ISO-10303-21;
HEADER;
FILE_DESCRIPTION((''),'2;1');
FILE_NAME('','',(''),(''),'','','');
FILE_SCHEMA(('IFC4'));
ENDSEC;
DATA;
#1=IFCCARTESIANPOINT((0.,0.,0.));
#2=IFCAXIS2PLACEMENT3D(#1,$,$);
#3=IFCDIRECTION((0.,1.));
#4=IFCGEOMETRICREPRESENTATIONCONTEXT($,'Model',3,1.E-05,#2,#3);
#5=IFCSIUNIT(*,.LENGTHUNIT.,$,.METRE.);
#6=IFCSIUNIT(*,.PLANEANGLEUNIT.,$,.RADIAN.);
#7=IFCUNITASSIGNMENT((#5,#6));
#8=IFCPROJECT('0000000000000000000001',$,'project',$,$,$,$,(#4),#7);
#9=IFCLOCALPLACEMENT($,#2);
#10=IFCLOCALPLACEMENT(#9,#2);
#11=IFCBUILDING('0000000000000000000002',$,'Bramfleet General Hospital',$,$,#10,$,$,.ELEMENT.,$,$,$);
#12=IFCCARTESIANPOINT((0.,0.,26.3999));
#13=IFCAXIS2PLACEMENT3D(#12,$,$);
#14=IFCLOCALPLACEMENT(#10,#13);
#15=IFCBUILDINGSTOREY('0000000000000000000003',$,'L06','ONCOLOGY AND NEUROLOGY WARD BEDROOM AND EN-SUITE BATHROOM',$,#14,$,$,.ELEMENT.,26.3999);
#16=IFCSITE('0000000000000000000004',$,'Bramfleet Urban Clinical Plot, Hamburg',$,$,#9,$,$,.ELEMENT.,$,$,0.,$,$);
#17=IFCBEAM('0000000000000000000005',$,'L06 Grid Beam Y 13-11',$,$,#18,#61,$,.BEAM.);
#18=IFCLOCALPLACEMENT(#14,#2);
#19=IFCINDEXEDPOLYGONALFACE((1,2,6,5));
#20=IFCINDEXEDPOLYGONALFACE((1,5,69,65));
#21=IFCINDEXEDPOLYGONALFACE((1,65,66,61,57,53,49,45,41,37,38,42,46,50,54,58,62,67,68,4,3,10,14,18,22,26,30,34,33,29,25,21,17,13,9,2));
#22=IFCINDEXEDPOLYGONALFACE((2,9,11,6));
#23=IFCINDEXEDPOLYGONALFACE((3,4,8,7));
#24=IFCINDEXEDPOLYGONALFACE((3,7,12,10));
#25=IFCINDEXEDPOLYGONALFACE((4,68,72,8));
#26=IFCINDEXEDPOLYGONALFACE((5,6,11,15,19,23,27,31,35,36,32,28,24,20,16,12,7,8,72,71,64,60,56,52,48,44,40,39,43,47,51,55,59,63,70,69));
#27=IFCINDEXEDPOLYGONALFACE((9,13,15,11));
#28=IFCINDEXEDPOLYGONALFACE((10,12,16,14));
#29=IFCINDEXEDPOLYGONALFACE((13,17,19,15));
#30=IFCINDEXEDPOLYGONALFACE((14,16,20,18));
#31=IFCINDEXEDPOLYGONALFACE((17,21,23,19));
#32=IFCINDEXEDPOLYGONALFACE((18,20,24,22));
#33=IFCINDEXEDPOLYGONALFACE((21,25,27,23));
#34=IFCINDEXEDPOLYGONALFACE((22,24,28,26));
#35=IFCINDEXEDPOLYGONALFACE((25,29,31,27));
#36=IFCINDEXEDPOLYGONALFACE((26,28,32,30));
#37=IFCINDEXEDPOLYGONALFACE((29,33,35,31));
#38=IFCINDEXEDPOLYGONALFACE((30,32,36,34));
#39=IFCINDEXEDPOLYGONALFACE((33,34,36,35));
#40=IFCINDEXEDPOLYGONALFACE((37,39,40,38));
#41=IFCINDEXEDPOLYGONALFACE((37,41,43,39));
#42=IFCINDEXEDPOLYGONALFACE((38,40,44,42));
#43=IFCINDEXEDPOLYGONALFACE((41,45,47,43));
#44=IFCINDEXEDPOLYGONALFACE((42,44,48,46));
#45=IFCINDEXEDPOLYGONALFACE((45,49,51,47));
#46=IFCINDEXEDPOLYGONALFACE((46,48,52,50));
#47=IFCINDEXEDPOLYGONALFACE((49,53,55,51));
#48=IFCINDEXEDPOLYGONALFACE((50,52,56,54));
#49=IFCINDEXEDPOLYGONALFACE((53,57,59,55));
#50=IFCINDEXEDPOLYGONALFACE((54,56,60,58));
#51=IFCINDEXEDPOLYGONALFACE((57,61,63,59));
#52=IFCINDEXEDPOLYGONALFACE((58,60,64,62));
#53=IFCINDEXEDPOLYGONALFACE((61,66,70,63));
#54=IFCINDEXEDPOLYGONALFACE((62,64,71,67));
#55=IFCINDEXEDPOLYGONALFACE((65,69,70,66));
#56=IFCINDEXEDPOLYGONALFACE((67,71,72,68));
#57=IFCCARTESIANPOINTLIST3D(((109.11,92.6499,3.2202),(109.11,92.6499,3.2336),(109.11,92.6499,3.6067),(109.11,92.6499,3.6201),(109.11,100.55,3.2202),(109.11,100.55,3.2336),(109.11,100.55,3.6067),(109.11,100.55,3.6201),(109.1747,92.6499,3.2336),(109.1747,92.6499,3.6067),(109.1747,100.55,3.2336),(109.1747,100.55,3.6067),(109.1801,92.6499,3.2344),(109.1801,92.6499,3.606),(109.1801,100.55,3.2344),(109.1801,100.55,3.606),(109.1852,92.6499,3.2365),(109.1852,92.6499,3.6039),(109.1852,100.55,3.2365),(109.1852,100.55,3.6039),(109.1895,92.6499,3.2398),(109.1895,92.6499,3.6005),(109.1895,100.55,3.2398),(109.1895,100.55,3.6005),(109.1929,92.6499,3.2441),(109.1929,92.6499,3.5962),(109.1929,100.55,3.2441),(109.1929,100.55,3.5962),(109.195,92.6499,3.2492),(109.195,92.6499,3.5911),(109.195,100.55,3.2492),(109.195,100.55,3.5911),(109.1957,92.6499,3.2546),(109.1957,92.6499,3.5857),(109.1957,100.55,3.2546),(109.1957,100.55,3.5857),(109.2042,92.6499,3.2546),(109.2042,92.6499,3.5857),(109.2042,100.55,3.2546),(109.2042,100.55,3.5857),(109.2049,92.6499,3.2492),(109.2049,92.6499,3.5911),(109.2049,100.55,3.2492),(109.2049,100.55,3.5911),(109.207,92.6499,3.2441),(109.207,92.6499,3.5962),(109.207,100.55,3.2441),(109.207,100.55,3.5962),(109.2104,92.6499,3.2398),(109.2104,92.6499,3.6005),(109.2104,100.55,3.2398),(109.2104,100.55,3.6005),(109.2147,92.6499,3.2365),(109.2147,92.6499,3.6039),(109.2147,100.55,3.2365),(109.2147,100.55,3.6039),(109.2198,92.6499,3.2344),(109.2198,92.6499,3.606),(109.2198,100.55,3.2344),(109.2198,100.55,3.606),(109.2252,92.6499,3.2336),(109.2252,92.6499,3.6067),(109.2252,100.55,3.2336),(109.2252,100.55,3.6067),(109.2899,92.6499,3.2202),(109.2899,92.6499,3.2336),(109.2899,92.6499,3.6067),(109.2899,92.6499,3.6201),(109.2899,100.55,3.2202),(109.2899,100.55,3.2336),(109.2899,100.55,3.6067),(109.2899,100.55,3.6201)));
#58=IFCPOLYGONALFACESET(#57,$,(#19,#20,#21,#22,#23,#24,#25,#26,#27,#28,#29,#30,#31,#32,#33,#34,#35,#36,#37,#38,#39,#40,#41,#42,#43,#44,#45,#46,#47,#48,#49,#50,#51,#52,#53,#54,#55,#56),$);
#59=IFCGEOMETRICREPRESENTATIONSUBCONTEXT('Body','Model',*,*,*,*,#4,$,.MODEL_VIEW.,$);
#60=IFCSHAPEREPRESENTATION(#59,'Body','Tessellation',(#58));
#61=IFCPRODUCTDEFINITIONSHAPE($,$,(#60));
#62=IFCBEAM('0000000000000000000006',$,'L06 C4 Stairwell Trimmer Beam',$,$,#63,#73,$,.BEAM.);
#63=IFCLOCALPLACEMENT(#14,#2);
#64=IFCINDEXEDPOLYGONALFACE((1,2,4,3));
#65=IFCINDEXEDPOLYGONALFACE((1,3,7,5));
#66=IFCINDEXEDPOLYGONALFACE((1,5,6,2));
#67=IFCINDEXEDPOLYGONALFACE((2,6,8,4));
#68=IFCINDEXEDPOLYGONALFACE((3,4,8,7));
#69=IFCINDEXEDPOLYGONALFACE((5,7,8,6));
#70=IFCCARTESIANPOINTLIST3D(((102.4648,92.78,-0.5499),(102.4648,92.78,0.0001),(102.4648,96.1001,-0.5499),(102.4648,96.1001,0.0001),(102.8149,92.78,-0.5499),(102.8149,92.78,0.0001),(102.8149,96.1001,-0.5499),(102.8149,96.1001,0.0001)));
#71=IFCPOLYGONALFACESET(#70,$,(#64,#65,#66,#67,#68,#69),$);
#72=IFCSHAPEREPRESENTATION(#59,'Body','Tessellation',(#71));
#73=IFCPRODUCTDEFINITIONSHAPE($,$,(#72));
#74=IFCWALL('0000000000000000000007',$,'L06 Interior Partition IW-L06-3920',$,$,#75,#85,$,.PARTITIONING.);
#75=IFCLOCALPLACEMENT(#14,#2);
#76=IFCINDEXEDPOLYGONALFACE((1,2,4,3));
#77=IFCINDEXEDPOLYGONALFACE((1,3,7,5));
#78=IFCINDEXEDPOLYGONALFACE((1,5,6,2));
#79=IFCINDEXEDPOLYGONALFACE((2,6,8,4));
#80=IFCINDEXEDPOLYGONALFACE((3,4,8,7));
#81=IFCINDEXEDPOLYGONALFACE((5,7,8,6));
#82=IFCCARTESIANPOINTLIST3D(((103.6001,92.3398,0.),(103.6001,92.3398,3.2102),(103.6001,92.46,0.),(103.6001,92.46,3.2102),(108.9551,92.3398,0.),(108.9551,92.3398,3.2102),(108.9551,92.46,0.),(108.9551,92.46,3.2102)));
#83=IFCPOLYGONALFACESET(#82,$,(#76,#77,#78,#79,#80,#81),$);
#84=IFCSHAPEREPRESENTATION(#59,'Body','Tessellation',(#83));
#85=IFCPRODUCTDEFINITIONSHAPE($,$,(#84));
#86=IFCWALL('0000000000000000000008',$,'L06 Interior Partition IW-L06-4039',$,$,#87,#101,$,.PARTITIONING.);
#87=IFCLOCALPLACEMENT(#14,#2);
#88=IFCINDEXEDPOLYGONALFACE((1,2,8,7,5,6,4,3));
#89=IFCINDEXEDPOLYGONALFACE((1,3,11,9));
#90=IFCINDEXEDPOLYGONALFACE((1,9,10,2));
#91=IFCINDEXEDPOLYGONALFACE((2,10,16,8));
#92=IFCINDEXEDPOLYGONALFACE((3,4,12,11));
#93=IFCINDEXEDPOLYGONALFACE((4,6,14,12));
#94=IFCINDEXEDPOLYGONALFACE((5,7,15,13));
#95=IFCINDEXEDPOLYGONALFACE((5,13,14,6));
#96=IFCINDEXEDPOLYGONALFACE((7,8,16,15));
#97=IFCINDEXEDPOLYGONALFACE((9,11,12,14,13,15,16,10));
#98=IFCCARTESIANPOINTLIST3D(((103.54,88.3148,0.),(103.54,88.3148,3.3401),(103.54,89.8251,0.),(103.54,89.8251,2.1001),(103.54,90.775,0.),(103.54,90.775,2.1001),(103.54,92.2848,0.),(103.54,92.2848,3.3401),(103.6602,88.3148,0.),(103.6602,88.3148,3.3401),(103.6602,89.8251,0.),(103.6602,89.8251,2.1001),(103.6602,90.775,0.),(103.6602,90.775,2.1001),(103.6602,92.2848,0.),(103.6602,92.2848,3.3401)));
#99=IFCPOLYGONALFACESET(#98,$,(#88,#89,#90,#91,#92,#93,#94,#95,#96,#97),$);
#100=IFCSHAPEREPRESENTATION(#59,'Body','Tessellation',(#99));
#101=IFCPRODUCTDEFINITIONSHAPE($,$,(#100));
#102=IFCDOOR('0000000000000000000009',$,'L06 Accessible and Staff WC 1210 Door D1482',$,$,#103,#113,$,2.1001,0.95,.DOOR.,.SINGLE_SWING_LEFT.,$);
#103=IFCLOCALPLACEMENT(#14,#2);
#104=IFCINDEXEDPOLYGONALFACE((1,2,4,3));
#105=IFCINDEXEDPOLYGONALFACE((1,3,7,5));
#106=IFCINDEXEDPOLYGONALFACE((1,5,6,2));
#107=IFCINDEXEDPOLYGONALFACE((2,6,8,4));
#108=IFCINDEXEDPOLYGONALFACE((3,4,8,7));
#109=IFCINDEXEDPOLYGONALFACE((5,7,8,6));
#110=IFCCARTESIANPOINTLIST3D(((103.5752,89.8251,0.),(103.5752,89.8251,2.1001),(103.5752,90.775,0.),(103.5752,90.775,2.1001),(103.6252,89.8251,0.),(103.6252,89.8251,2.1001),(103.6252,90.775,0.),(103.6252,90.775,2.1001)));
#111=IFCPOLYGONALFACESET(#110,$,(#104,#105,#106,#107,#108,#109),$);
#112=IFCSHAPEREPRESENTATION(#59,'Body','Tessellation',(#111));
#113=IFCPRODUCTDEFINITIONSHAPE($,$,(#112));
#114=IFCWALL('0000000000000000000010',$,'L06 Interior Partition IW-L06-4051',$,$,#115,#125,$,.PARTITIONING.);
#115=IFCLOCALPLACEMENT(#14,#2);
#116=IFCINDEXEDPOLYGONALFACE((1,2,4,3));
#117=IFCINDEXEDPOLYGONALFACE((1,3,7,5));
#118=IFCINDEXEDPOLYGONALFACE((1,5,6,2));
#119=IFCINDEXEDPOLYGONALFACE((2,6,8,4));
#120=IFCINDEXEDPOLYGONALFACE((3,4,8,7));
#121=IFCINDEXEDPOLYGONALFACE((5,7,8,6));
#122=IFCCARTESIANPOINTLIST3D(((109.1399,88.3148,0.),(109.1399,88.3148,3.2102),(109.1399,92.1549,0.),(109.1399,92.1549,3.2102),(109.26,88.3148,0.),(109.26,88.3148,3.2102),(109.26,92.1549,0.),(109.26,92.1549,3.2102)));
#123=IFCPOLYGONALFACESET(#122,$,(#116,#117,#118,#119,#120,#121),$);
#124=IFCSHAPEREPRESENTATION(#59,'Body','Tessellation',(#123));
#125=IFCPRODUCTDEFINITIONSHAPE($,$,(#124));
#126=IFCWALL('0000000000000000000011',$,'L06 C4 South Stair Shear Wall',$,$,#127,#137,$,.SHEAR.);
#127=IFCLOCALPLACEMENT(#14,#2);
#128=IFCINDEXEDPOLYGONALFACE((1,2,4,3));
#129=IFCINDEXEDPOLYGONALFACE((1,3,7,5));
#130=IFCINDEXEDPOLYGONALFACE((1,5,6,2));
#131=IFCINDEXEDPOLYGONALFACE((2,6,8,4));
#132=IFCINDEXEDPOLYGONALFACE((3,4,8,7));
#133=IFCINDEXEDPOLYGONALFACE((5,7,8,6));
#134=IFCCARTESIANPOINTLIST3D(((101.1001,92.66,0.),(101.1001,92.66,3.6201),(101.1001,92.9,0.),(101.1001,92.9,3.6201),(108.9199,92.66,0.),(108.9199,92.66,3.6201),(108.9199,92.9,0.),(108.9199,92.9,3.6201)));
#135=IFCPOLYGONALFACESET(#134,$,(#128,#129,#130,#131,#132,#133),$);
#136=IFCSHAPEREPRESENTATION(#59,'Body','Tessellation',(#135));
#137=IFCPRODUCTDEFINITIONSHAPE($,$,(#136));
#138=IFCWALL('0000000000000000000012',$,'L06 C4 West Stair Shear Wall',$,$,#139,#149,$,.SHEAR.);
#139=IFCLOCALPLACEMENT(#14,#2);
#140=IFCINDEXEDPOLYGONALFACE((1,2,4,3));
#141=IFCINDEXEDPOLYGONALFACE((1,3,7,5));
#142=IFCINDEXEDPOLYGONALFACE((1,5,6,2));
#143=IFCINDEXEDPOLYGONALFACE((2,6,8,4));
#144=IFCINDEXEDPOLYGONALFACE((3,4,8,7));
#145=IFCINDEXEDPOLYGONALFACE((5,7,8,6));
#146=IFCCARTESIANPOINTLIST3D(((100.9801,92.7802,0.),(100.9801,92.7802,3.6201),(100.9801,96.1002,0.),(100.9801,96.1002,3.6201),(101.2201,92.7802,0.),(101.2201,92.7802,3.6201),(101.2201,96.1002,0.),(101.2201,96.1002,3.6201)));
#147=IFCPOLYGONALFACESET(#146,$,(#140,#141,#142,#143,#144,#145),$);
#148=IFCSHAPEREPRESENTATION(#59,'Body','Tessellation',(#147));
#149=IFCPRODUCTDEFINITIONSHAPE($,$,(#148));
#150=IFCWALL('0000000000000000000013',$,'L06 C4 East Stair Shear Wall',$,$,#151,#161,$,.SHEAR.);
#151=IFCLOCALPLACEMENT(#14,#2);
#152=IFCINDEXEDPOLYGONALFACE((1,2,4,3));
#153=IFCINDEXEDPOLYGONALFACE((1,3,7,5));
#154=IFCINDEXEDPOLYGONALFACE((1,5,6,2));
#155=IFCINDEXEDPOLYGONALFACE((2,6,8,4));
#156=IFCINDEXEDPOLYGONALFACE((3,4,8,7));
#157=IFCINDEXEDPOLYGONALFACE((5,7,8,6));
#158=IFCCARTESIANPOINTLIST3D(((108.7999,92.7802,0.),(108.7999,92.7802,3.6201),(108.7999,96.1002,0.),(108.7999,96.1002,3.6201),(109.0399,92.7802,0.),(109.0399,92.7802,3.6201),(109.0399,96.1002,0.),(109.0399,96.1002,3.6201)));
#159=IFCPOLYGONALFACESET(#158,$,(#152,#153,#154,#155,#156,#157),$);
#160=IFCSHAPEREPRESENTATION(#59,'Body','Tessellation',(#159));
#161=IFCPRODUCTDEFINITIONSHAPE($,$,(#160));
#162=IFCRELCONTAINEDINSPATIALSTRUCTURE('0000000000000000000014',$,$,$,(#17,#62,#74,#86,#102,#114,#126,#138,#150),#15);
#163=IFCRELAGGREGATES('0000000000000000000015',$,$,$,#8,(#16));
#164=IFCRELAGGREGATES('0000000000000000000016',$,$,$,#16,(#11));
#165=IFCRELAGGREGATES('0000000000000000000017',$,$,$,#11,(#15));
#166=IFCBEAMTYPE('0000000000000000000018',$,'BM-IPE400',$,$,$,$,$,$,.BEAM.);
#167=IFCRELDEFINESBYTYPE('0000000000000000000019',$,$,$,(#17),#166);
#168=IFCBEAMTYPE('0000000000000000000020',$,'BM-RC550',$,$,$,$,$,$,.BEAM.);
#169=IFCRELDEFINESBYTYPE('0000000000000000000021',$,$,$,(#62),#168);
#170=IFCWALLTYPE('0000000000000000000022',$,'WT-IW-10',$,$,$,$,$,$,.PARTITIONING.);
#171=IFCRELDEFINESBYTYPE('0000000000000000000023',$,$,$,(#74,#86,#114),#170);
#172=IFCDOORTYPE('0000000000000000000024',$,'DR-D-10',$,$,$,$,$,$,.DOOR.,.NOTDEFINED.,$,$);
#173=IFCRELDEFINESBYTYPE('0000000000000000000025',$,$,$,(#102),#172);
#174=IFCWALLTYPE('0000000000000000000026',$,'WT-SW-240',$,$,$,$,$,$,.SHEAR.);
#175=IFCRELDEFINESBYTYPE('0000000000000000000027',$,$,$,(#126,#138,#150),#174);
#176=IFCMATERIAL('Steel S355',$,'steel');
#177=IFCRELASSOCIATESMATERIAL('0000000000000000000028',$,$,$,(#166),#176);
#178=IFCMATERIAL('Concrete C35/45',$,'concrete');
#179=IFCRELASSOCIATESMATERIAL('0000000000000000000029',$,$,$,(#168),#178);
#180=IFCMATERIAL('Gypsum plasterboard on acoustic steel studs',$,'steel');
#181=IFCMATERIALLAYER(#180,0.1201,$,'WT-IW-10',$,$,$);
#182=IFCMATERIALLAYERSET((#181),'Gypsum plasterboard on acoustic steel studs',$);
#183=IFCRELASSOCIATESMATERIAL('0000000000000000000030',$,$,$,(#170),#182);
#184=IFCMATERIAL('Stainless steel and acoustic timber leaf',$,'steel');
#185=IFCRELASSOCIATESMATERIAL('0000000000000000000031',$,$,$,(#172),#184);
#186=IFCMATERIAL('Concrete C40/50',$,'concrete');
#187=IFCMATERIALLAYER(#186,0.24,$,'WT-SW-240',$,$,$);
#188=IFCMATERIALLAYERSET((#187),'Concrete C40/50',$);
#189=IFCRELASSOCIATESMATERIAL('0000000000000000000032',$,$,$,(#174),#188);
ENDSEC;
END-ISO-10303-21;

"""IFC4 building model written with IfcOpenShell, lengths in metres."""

from ifc_helpers import new_model, si_unit, direction, frame, frame_2d, origin, origin_2d, place, context, subcontext, project, spatial, rectangle, i_section, extrude, material, layer, layer_set, material_profile, profile_set, type_object, element, fill, save


model = new_model("IFC4")

# Units and contexts
model_context = context("Model", 3, precision=1e-05, world=origin(), true_north=direction((0.0, 1.0)))
body_context = subcontext(model_context, "Body", "Model", "MODEL_VIEW")
ifc_project = project(units=[si_unit("LENGTHUNIT", "METRE"), si_unit("PLANEANGLEUNIT", "RADIAN")], contexts=[model_context])

# Site, building, storey
site_placement = place(None, origin())
site = spatial("IfcSite", under=ifc_project, at=site_placement, Name="Bramfleet Urban Clinical Plot, Hamburg", CompositionType="ELEMENT", RefElevation=0.0)
building_placement = place(site_placement, origin())
building = spatial("IfcBuilding", under=site, at=building_placement, Name="Bramfleet General Hospital", CompositionType="ELEMENT")
storey_placement = place(building_placement, frame((0.0, 0.0, 26.3999)))
storey = spatial("IfcBuildingStorey", under=building, at=storey_placement, Name="L06", Description="ONCOLOGY AND NEUROLOGY WARD BEDROOM AND EN-SUITE BATHROOM", CompositionType="ELEMENT", Elevation=26.3999)

# Shared definitions
ifc_material_1 = material(Name="Concrete C40/50", Category="concrete")

# Beams
ifc_material_2 = material(Name="Steel S355", Category="steel")
ifc_material_profile_1 = material_profile(ifc_material_2, i_section(OverallWidth=0.1799, OverallDepth=0.3999, WebThickness=0.0085, FlangeThickness=0.0134, FilletRadius=0.021, at=origin_2d()), Name="IPE 400")
ifc_profile_set_1 = profile_set([ifc_material_profile_1], Name="Steel S355")
beam_type_1 = type_object("IfcBeamType", Name="BM-IPE400", PredefinedType="BEAM", material=ifc_profile_set_1)
for number, where, z_axis, x_axis, name in (
    (1, (109.2, 92.6499, 3.4202), (0.0, 1.0, 0.0), (-1.0, 0.0, 0.0), "L06 Grid Beam Y 13-11"),
):
    element("IfcBeam", number, at=place(storey_placement, frame(where, z_axis=z_axis, x_axis=x_axis)), inside=storey, type_object=beam_type_1, Name=name, PredefinedType="BEAM", context=body_context, shape_type="SweptSolid", body=[
        extrude(i_section(OverallWidth=0.1799, OverallDepth=0.3999, WebThickness=0.0085, FlangeThickness=0.0134, FilletRadius=0.021, at=origin_2d()), origin(), (0.0, 0.0, 1.0), 7.9001),
    ])
ifc_material_3 = material(Name="Concrete C35/45", Category="concrete")
ifc_material_profile_2 = material_profile(ifc_material_3, rectangle(XDim=0.3501, YDim=0.55, at=origin_2d()), Name="RC BM 550x350")
ifc_profile_set_2 = profile_set([ifc_material_profile_2], Name="Concrete C35/45")
beam_type_2 = type_object("IfcBeamType", Name="BM-RC550", PredefinedType="BEAM", material=ifc_profile_set_2)
beam_1_placement = place(storey_placement, frame((102.6399, 92.78, -0.2749), z_axis=(0.0, 1.0, 0.0), x_axis=(-1.0, 0.0, 0.0)))
element("IfcBeam", 2, at=beam_1_placement, inside=storey, type_object=beam_type_2, Name="L06 C4 Stairwell Trimmer Beam", PredefinedType="BEAM", context=body_context, shape_type="SweptSolid", body=[
    extrude(rectangle(XDim=0.3501, YDim=0.55, at=origin_2d()), origin(), (0.0, 0.0, 1.0), 3.3201),
])

# Wall
ifc_material_4 = material(Name="Gypsum plasterboard on acoustic steel studs", Category="steel")
ifc_layer_1 = layer(ifc_material_4, 0.1201, Name="WT-IW-10")
ifc_layer_set_1 = layer_set([ifc_layer_1], Name="Gypsum plasterboard on acoustic steel studs")
wall_type_1 = type_object("IfcWallType", Name="WT-IW-10", PredefinedType="PARTITIONING", material=ifc_layer_set_1)
wall_1_placement = place(storey_placement, frame((103.6001, 92.3999, 0.0), z_axis=(0.0, 0.0, 1.0), x_axis=(1.0, 0.0, 0.0)))
element("IfcWall", 3, at=wall_1_placement, inside=storey, type_object=wall_type_1, Name="L06 Interior Partition IW-L06-3920", PredefinedType="PARTITIONING", context=body_context, shape_type="SweptSolid", body=[
    extrude(rectangle(XDim=5.355, YDim=0.1201, at=frame_2d((2.6775, 0.0))), origin(), (0.0, 0.0, 1.0), 3.2102),
])

# Wall, opening, door
wall_2_placement = place(storey_placement, frame((103.6001, 88.3149, 0.0), z_axis=(0.0, 0.0, 1.0), x_axis=(0.0, 1.0, 0.0)))
wall_2 = element("IfcWall", 4, at=wall_2_placement, inside=storey, type_object=wall_type_1, Name="L06 Interior Partition IW-L06-4039", PredefinedType="PARTITIONING", context=body_context, shape_type="SweptSolid", body=[
    extrude(rectangle(XDim=3.97, YDim=0.1201, at=frame_2d((1.9849, 0.0))), origin(), (0.0, 0.0, 1.0), 3.3401),
])
opening_1_placement = place(wall_2_placement, frame((1.51, 0.0, 0.0)))
opening_1 = element("IfcOpeningElement", 5, at=opening_1_placement, cuts=wall_2, PredefinedType="OPENING", context=body_context, shape_type="SweptSolid", body=[
    extrude(rectangle(XDim=0.95, YDim=2.1001, at=frame_2d((0.4751, 1.05))), frame((0.0, 0.0701, 0.0), z_axis=(0.0, -1.0, 0.0), x_axis=(1.0, 0.0, 0.0)), (0.0, 0.0, 1.0), 0.1401),
])
ifc_material_5 = material(Name="Stainless steel and acoustic timber leaf", Category="steel")
door_type_1 = type_object("IfcDoorType", Name="DR-D-10", OperationType="NOTDEFINED", PredefinedType="DOOR", material=ifc_material_5)
door_1_placement = place(opening_1_placement, origin())
door_1 = element("IfcDoor", 6, at=door_1_placement, inside=storey, type_object=door_type_1, Name="L06 Accessible and Staff WC 1210 Door D1482", OperationType="SINGLE_SWING_LEFT", OverallHeight=2.1001, OverallWidth=0.95, PredefinedType="DOOR", context=body_context, shape_type="SweptSolid", body=[
    extrude(rectangle(XDim=0.95, YDim=2.1001, at=frame_2d((0.4751, 1.05))), frame((0.0, 0.0249, 0.0), z_axis=(0.0, -1.0, 0.0), x_axis=(1.0, 0.0, 0.0)), (0.0, 0.0, 1.0), 0.05),
])
fill(opening_1, door_1)

# Walls
wall_3_placement = place(storey_placement, frame((109.2, 88.3149, 0.0), z_axis=(0.0, 0.0, 1.0), x_axis=(0.0, 1.0, 0.0)))
element("IfcWall", 7, at=wall_3_placement, inside=storey, type_object=wall_type_1, Name="L06 Interior Partition IW-L06-4051", PredefinedType="PARTITIONING", context=body_context, shape_type="SweptSolid", body=[
    extrude(rectangle(XDim=3.8401, YDim=0.1201, at=frame_2d((1.9199, 0.0))), origin(), (0.0, 0.0, 1.0), 3.2102),
])
ifc_layer_2 = layer(ifc_material_1, 0.24, Name="WT-SW-240")
ifc_layer_set_2 = layer_set([ifc_layer_2], Name="Concrete C40/50")
wall_type_2 = type_object("IfcWallType", Name="WT-SW-240", PredefinedType="SHEAR", material=ifc_layer_set_2)
wall_4_placement = place(storey_placement, frame((101.1001, 92.78, 0.0), z_axis=(0.0, 0.0, 1.0), x_axis=(1.0, 0.0, 0.0)))
element("IfcWall", 8, at=wall_4_placement, inside=storey, type_object=wall_type_2, Name="L06 C4 South Stair Shear Wall", PredefinedType="SHEAR", context=body_context, shape_type="SweptSolid", body=[
    extrude(rectangle(XDim=7.8198, YDim=0.24, at=frame_2d((3.9099, 0.0))), origin(), (0.0, 0.0, 1.0), 3.6201),
])
for number, where, z_axis, x_axis, name in (
    (9, (101.1001, 92.78, 0.0), (0.0, 0.0, 1.0), (0.0, 1.0, 0.0), "L06 C4 West Stair Shear Wall"),
    (10, (108.9199, 92.78, 0.0), (0.0, 0.0, 1.0), (0.0, 1.0, 0.0), "L06 C4 East Stair Shear Wall"),
):
    element("IfcWall", number, at=place(storey_placement, frame(where, z_axis=z_axis, x_axis=x_axis)), inside=storey, type_object=wall_type_2, Name=name, PredefinedType="SHEAR", context=body_context, shape_type="SweptSolid", body=[
        extrude(rectangle(XDim=3.3201, YDim=0.24, at=frame_2d((1.6602, 0.0))), origin(), (0.0, 0.0, 1.0), 3.6201),
    ])

save(model, "model.ifc")
